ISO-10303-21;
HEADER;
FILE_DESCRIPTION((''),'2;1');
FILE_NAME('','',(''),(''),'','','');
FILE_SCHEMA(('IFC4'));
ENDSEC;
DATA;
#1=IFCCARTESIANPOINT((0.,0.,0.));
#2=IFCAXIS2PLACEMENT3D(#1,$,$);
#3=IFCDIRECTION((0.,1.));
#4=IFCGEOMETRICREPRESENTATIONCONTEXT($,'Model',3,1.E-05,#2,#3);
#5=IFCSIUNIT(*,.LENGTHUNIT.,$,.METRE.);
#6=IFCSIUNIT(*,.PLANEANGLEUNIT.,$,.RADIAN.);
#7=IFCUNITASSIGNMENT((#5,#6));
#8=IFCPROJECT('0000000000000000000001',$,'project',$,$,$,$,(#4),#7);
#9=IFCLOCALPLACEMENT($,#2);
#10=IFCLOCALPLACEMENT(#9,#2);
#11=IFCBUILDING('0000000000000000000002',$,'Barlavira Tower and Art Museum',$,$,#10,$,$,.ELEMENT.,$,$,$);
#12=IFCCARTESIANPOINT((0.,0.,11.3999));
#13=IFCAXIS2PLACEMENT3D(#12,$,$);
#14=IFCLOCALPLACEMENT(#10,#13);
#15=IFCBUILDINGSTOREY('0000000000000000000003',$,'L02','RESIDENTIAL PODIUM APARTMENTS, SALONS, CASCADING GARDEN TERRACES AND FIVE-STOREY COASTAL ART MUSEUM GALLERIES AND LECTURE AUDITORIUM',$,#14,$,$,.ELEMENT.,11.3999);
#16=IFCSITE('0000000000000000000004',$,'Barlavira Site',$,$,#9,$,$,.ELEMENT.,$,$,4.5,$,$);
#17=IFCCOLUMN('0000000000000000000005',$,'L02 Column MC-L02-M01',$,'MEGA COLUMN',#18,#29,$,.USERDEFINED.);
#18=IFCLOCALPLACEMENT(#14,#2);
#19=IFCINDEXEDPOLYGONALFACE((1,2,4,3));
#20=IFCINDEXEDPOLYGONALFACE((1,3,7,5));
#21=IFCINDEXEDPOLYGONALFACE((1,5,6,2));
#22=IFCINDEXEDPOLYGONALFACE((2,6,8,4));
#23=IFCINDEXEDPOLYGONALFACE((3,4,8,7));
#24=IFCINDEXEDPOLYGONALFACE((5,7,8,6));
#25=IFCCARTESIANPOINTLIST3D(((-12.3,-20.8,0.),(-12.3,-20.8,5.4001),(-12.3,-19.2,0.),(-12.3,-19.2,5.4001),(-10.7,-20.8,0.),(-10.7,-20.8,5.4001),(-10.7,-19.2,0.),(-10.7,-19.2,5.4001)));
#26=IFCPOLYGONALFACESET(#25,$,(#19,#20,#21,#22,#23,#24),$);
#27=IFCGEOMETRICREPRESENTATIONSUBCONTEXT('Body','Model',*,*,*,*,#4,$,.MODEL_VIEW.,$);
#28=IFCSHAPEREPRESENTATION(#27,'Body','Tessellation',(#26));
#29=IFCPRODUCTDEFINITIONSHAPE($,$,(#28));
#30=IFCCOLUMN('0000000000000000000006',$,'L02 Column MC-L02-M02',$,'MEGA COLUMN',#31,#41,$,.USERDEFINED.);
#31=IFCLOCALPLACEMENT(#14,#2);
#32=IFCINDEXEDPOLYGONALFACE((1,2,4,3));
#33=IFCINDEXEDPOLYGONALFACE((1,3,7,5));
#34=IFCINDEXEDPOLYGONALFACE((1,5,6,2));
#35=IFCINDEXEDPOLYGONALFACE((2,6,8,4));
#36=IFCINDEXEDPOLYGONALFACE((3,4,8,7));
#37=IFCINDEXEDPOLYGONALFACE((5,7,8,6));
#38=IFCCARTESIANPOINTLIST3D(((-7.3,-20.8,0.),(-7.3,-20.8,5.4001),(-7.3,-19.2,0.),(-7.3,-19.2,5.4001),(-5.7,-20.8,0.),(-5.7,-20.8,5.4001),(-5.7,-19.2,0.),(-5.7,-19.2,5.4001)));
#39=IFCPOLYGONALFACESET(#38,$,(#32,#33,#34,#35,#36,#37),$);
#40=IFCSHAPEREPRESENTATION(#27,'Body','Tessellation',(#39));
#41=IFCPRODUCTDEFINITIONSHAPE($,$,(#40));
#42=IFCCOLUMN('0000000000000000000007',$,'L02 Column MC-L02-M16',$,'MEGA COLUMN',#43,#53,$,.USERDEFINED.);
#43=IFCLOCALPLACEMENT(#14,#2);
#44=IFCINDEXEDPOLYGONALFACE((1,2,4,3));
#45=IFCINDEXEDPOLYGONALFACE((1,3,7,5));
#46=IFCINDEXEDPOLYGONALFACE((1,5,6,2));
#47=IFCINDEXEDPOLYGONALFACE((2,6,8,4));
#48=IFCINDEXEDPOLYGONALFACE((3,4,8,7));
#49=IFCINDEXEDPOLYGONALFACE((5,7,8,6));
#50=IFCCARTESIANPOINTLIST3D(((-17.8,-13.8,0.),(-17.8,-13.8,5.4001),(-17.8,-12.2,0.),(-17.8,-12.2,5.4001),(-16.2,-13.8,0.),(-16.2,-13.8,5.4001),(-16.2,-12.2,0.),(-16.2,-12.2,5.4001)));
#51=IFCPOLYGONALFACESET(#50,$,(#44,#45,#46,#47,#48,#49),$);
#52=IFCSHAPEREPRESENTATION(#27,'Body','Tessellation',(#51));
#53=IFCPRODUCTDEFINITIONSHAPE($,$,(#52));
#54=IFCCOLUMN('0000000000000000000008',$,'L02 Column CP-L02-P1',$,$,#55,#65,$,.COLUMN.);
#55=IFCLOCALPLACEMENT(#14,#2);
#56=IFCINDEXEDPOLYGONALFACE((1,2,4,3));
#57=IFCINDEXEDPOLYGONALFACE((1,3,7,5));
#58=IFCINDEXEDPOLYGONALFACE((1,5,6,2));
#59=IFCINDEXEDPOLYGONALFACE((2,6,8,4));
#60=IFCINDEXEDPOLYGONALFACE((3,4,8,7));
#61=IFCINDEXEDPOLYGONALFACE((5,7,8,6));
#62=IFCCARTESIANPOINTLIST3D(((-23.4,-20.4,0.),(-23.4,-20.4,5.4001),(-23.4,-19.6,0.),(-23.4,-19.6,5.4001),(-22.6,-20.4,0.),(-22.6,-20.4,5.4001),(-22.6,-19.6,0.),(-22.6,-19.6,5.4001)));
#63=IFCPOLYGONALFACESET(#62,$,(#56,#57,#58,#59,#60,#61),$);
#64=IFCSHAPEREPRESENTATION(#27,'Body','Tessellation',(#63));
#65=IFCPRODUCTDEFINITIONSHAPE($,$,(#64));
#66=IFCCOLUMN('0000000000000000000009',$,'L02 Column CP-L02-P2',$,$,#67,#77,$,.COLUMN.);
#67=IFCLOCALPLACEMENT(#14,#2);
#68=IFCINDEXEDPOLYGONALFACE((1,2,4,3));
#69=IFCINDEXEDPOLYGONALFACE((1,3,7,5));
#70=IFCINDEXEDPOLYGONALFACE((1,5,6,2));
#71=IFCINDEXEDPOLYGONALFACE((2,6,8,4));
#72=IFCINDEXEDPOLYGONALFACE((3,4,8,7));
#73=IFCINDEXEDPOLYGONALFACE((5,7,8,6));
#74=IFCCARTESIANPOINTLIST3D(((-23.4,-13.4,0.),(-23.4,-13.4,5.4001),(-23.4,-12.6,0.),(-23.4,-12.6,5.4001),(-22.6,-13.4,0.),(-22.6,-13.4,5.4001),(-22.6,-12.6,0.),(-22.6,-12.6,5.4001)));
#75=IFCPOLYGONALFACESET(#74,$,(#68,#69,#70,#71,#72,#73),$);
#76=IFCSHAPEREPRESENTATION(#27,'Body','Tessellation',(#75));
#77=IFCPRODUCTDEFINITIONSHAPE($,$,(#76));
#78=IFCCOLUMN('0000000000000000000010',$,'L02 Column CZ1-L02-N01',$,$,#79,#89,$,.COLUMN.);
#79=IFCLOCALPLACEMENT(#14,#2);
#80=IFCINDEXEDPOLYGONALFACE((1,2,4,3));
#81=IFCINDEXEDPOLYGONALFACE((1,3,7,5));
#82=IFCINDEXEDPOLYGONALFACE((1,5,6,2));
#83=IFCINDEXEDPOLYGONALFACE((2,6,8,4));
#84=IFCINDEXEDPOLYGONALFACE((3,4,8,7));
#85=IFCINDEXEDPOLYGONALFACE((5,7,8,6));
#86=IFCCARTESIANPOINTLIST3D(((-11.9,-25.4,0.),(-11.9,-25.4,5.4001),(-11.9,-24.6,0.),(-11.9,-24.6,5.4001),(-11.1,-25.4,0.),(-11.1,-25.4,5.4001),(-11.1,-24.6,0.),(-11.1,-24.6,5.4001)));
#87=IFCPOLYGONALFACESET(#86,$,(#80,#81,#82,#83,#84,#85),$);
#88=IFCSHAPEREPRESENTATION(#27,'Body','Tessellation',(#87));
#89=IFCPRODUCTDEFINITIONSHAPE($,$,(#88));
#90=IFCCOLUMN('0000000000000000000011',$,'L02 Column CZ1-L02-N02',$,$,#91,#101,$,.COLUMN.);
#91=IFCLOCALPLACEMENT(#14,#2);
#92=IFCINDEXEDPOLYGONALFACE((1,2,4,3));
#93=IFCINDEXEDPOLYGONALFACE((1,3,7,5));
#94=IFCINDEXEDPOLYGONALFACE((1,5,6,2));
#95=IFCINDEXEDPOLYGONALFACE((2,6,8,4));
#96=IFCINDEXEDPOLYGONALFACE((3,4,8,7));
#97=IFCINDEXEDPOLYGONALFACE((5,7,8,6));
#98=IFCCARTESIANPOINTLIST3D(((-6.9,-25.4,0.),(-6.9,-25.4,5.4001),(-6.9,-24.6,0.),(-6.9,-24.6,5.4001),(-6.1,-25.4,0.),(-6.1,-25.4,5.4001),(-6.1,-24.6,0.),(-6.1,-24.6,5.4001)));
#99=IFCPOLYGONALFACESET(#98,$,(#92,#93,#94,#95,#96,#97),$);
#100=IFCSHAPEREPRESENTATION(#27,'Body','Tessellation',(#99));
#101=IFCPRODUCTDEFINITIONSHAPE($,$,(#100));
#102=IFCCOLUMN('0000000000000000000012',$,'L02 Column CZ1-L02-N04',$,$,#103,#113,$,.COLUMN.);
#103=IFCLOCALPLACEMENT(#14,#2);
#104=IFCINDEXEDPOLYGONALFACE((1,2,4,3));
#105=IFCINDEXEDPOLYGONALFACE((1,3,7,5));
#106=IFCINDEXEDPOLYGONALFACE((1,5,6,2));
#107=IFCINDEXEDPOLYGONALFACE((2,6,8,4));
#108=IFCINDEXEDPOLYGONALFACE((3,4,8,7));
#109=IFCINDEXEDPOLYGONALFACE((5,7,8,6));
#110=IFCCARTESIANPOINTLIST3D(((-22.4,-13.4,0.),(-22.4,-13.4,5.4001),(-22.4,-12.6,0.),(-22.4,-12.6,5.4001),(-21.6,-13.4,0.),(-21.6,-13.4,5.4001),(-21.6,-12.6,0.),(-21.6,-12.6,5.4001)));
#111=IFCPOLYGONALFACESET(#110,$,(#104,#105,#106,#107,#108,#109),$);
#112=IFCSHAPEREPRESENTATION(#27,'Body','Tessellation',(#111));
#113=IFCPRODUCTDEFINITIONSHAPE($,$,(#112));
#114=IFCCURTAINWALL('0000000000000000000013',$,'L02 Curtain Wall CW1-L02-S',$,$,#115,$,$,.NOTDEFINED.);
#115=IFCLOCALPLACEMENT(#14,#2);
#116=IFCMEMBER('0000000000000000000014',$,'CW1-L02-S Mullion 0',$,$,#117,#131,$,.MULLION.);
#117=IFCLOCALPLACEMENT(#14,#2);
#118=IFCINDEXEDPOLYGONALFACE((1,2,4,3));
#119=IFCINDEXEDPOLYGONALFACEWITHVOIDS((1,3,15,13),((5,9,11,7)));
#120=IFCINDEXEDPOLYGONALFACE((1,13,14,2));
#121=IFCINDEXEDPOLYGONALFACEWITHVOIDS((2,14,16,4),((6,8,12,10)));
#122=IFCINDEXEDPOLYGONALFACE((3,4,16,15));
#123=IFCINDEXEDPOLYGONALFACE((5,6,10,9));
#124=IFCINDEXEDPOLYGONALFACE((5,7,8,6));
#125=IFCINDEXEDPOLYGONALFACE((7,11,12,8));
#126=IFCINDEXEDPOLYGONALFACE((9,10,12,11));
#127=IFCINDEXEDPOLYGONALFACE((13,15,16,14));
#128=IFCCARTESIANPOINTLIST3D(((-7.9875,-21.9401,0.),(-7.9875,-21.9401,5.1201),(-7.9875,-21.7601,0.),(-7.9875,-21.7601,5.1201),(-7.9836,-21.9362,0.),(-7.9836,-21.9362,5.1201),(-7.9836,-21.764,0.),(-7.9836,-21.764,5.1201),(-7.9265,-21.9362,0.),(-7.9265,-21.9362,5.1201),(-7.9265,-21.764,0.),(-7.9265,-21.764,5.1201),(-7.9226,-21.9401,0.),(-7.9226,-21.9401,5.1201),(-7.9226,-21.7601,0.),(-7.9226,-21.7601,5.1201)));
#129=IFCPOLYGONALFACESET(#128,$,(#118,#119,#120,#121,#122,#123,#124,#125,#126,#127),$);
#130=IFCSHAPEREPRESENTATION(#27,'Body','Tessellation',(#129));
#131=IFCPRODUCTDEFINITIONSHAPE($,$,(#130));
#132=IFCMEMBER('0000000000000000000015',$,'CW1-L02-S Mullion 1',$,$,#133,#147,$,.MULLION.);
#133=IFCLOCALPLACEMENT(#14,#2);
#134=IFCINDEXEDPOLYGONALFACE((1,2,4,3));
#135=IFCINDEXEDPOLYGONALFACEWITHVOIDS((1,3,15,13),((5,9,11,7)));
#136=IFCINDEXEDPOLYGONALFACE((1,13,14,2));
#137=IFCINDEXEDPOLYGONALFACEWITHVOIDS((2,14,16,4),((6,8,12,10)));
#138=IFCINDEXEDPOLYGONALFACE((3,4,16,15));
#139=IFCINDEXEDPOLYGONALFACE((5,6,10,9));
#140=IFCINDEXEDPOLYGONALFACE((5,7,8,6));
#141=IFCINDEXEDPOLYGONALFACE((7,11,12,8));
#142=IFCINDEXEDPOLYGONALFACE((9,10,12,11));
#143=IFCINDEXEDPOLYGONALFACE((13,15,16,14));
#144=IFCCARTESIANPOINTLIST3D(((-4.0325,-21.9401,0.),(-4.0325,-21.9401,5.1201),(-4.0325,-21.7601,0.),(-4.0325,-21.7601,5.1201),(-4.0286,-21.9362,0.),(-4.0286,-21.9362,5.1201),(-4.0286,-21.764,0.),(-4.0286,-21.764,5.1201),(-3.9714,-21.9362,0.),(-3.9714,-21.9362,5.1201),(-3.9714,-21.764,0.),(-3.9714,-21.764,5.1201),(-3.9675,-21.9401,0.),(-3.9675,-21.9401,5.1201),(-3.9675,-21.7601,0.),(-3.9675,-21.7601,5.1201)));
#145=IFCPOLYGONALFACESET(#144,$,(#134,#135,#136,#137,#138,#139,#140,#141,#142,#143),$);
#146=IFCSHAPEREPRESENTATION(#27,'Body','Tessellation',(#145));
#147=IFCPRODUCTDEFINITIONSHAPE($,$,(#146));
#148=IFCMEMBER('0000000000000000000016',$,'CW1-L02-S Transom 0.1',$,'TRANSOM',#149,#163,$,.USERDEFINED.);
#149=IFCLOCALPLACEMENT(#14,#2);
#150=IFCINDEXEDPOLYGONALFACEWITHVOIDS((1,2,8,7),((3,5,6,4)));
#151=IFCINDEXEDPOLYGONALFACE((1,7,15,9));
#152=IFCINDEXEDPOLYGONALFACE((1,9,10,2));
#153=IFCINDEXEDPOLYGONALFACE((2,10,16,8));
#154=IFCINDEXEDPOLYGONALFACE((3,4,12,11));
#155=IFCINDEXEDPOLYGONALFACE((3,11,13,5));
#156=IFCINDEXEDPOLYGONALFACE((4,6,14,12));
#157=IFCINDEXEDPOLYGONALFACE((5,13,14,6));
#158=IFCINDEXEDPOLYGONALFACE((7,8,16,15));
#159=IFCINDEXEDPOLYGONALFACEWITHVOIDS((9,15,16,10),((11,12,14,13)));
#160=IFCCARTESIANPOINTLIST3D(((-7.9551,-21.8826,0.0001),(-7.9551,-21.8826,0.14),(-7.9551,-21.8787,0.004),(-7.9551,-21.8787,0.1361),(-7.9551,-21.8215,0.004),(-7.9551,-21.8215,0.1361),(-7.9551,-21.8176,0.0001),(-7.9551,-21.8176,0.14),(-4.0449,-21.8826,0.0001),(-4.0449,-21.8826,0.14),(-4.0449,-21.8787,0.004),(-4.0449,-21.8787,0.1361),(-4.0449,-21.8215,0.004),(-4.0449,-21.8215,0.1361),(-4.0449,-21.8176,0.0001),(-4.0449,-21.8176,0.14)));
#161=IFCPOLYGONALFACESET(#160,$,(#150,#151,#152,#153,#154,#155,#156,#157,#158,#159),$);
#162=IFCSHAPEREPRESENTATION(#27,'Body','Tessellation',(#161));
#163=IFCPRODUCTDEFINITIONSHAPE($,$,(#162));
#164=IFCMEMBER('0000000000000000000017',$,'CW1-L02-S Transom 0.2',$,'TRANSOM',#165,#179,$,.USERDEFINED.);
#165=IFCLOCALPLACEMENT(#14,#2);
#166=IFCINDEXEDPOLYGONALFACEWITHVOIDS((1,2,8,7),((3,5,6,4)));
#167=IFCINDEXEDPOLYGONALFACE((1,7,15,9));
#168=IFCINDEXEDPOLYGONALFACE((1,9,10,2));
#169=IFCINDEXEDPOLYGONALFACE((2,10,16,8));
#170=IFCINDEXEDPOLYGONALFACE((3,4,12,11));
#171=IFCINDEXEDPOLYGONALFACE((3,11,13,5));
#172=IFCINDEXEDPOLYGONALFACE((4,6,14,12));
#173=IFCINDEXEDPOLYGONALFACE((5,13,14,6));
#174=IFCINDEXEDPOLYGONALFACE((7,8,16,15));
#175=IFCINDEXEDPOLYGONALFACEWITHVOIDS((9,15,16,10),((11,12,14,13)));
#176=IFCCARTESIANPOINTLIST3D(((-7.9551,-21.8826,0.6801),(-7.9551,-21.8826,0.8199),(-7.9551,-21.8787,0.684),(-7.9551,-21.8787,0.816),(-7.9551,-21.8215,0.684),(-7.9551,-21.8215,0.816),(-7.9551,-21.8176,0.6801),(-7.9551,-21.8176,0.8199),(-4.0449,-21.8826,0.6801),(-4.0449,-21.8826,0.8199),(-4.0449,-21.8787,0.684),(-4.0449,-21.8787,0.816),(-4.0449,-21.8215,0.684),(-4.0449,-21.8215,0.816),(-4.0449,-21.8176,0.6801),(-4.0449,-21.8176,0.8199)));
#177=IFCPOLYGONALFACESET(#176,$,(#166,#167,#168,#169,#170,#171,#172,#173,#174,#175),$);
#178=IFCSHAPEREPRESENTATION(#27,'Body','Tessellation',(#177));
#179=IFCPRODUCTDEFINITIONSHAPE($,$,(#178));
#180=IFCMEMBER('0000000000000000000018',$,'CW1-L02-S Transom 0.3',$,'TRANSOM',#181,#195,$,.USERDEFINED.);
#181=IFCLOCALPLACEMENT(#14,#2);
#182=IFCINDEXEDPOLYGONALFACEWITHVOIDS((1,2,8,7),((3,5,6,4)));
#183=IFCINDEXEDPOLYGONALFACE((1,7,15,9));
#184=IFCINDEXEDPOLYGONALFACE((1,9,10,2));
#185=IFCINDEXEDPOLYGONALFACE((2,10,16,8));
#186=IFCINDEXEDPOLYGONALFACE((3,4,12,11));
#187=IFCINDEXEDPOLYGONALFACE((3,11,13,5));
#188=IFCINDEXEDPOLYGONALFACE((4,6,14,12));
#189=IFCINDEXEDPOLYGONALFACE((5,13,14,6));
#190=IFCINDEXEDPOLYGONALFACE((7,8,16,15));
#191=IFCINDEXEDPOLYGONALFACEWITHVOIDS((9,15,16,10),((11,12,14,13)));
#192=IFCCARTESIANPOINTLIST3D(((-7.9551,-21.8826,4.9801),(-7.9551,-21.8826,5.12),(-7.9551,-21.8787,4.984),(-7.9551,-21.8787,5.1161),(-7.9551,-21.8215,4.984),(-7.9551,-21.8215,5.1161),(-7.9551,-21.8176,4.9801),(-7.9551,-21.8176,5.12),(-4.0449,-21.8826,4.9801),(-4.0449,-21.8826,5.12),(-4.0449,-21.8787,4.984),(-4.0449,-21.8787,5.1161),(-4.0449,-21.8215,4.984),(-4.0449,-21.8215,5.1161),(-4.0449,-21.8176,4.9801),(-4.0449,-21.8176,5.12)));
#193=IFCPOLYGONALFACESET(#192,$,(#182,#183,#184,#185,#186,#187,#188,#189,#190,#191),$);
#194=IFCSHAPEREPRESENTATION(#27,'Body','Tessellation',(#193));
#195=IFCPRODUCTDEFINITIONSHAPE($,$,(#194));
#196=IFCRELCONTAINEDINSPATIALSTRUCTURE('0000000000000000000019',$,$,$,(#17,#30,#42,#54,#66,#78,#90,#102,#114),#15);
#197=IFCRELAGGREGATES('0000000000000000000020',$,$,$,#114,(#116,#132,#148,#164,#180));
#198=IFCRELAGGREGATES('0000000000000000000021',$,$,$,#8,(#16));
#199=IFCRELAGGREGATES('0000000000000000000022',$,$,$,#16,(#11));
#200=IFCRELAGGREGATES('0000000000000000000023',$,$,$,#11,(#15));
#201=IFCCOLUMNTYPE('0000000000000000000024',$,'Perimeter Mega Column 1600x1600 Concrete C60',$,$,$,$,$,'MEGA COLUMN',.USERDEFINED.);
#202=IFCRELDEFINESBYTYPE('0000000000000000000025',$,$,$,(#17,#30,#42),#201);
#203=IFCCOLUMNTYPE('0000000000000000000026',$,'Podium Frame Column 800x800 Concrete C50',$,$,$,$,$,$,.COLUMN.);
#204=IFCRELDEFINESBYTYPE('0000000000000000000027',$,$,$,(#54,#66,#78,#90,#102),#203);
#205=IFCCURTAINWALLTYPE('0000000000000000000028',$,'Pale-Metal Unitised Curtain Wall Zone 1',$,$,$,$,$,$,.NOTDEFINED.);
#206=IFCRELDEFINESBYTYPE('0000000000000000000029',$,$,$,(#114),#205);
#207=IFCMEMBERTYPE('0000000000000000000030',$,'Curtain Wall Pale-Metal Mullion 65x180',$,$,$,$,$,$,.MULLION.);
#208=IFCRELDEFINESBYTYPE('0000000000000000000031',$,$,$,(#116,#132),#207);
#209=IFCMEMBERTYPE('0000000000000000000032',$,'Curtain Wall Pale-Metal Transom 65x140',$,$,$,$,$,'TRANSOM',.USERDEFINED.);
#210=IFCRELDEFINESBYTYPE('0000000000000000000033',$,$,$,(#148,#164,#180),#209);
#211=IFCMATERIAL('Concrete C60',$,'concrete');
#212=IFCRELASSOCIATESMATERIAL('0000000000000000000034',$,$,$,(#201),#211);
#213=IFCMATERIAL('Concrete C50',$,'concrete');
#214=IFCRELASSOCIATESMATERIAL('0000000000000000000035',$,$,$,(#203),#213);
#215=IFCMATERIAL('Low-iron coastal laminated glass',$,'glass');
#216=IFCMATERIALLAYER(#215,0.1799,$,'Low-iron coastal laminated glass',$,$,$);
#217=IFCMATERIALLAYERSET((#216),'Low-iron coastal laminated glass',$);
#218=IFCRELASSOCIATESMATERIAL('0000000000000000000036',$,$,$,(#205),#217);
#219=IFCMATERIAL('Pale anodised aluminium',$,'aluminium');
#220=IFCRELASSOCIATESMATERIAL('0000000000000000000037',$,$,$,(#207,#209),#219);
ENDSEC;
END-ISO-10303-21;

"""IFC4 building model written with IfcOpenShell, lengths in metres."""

from ifc_helpers import new_model, si_unit, direction, frame, origin, origin_2d, place, context, subcontext, project, spatial, rectangle, hollow_rectangle, extrude, material, layer, layer_set, material_profile, profile_set, type_object, element, aggregate, save


model = new_model("IFC4")

# Units and contexts
model_context = context("Model", 3, precision=1e-05, world=origin(), true_north=direction((0.0, 1.0)))
body_context = subcontext(model_context, "Body", "Model", "MODEL_VIEW")
ifc_project = project(units=[si_unit("LENGTHUNIT", "METRE"), si_unit("PLANEANGLEUNIT", "RADIAN")], contexts=[model_context])

# Site, building, storey
site_placement = place(None, origin())
site = spatial("IfcSite", under=ifc_project, at=site_placement, Name="Barlavira Site", CompositionType="ELEMENT", RefElevation=4.5)
building_placement = place(site_placement, origin())
building = spatial("IfcBuilding", under=site, at=building_placement, Name="Barlavira Tower and Art Museum", CompositionType="ELEMENT")
storey_placement = place(building_placement, frame((0.0, 0.0, 11.3999)))
storey = spatial("IfcBuildingStorey", under=building, at=storey_placement, Name="L02", Description="RESIDENTIAL PODIUM APARTMENTS, SALONS, CASCADING GARDEN TERRACES AND FIVE-STOREY COASTAL ART MUSEUM GALLERIES AND LECTURE AUDITORIUM", CompositionType="ELEMENT", Elevation=11.3999)

# Columns
ifc_material_1 = material(Name="Concrete C60", Category="concrete")
ifc_material_profile_1 = material_profile(ifc_material_1, rectangle(XDim=1.6001, YDim=1.6001, at=origin_2d()), Name="RC-MCOL 1600x1600")
ifc_profile_set_1 = profile_set([ifc_material_profile_1], Name="Concrete C60")
column_type_1 = type_object("IfcColumnType", Name="Perimeter Mega Column 1600x1600 Concrete C60", ElementType="MEGA COLUMN", PredefinedType="USERDEFINED", material=ifc_profile_set_1)
for number, where, z_axis, x_axis, name in (
    (1, (-11.5, -20.0, 0.0), (0.0, 0.0, 1.0), (1.0, 0.0, 0.0), "L02 Column MC-L02-M01"),
    (2, (-6.5, -20.0, 0.0), (0.0, 0.0, 1.0), (1.0, 0.0, 0.0), "L02 Column MC-L02-M02"),
    (3, (-17.0, -13.0, 0.0), (0.0, 0.0, 1.0), (1.0, 0.0, 0.0), "L02 Column MC-L02-M16"),
):
    element("IfcColumn", number, at=place(storey_placement, frame(where, z_axis=z_axis, x_axis=x_axis)), inside=storey, type_object=column_type_1, Name=name, ObjectType="MEGA COLUMN", PredefinedType="USERDEFINED", context=body_context, shape_type="SweptSolid", body=[
        extrude(rectangle(XDim=1.6001, YDim=1.6001, at=origin_2d()), origin(), (0.0, 0.0, 1.0), 5.4001),
    ])
ifc_material_2 = material(Name="Concrete C50", Category="concrete")
ifc_material_profile_2 = material_profile(ifc_material_2, rectangle(XDim=0.8, YDim=0.8, at=origin_2d()), Name="RC-COL 800x800")
ifc_profile_set_2 = profile_set([ifc_material_profile_2], Name="Concrete C50")
column_type_2 = type_object("IfcColumnType", Name="Podium Frame Column 800x800 Concrete C50", PredefinedType="COLUMN", material=ifc_profile_set_2)
for number, where, z_axis, x_axis, name in (
    (4, (-23.0, -20.0, 0.0), (0.0, 0.0, 1.0), (1.0, 0.0, 0.0), "L02 Column CP-L02-P1"),
    (5, (-23.0, -13.0, 0.0), (0.0, 0.0, 1.0), (1.0, 0.0, 0.0), "L02 Column CP-L02-P2"),
    (6, (-11.5, -25.0, 0.0), (0.0, 0.0, 1.0), (1.0, 0.0, 0.0), "L02 Column CZ1-L02-N01"),
    (7, (-6.5, -25.0, 0.0), (0.0, 0.0, 1.0), (1.0, 0.0, 0.0), "L02 Column CZ1-L02-N02"),
    (8, (-22.0, -13.0, 0.0), (0.0, 0.0, 1.0), (1.0, 0.0, 0.0), "L02 Column CZ1-L02-N04"),
):
    element("IfcColumn", number, at=place(storey_placement, frame(where, z_axis=z_axis, x_axis=x_axis)), inside=storey, type_object=column_type_2, Name=name, PredefinedType="COLUMN", context=body_context, shape_type="SweptSolid", body=[
        extrude(rectangle(XDim=0.8, YDim=0.8, at=origin_2d()), origin(), (0.0, 0.0, 1.0), 5.4001),
    ])

# Curtain wall, members
ifc_material_3 = material(Name="Low-iron coastal laminated glass", Category="glass")
ifc_layer_1 = layer(ifc_material_3, 0.1799, Name="Low-iron coastal laminated glass")
ifc_layer_set_1 = layer_set([ifc_layer_1], Name="Low-iron coastal laminated glass")
curtain_wall_type = type_object("IfcCurtainWallType", Name="Pale-Metal Unitised Curtain Wall Zone 1", PredefinedType="NOTDEFINED", material=ifc_layer_set_1)
curtain_wall_placement = place(storey_placement, origin())
curtain_wall = element("IfcCurtainWall", 9, at=curtain_wall_placement, inside=storey, type_object=curtain_wall_type, Name="L02 Curtain Wall CW1-L02-S", PredefinedType="NOTDEFINED")
ifc_material_4 = material(Name="Pale anodised aluminium", Category="aluminium")
ifc_material_profile_3 = material_profile(ifc_material_4, hollow_rectangle(XDim=0.0649, YDim=0.1799, WallThickness=0.0039, at=origin_2d()), Name="ALU-MULL 65x180x4")
ifc_profile_set_3 = profile_set([ifc_material_profile_3], Name="Pale anodised aluminium")
member_type_1 = type_object("IfcMemberType", Name="Curtain Wall Pale-Metal Mullion 65x180", PredefinedType="MULLION", material=ifc_profile_set_3)
member_1_placement = place(storey_placement, frame((-7.9551, -21.8501, 0.0), z_axis=(0.0, 0.0, 1.0), x_axis=(1.0, 0.0, 0.0)))
member_1 = element("IfcMember", 10, at=member_1_placement, type_object=member_type_1, Name="CW1-L02-S Mullion 0", PredefinedType="MULLION", context=body_context, shape_type="SweptSolid", body=[
    extrude(hollow_rectangle(XDim=0.0649, YDim=0.1799, WallThickness=0.0039, at=origin_2d()), origin(), (0.0, 0.0, 1.0), 5.1201),
])
member_2_placement = place(storey_placement, frame((-4.0, -21.8501, 0.0), z_axis=(0.0, 0.0, 1.0), x_axis=(1.0, 0.0, 0.0)))
member_2 = element("IfcMember", 11, at=member_2_placement, type_object=member_type_1, Name="CW1-L02-S Mullion 1", PredefinedType="MULLION", context=body_context, shape_type="SweptSolid", body=[
    extrude(hollow_rectangle(XDim=0.0649, YDim=0.1799, WallThickness=0.0039, at=origin_2d()), origin(), (0.0, 0.0, 1.0), 5.1201),
])
ifc_material_profile_4 = material_profile(ifc_material_4, hollow_rectangle(XDim=0.0649, YDim=0.1399, WallThickness=0.0039, at=origin_2d()), Name="ALU-TRAN 65x140x4")
ifc_profile_set_4 = profile_set([ifc_material_profile_4], Name="Pale anodised aluminium")
member_type_2 = type_object("IfcMemberType", Name="Curtain Wall Pale-Metal Transom 65x140", ElementType="TRANSOM", PredefinedType="USERDEFINED", material=ifc_profile_set_4)
member_3_placement = place(storey_placement, frame((-7.9551, -21.8501, 0.0701), z_axis=(1.0, 0.0, 0.0), x_axis=(0.0, 1.0, 0.0)))
member_3 = element("IfcMember", 12, at=member_3_placement, type_object=member_type_2, Name="CW1-L02-S Transom 0.1", ObjectType="TRANSOM", PredefinedType="USERDEFINED", context=body_context, shape_type="SweptSolid", body=[
    extrude(hollow_rectangle(XDim=0.0649, YDim=0.1399, WallThickness=0.0039, at=origin_2d()), origin(), (0.0, 0.0, 1.0), 3.9102),
])
member_4_placement = place(storey_placement, frame((-7.9551, -21.8501, 0.75), z_axis=(1.0, 0.0, 0.0), x_axis=(0.0, 1.0, 0.0)))
member_4 = element("IfcMember", 13, at=member_4_placement, type_object=member_type_2, Name="CW1-L02-S Transom 0.2", ObjectType="TRANSOM", PredefinedType="USERDEFINED", context=body_context, shape_type="SweptSolid", body=[
    extrude(hollow_rectangle(XDim=0.0649, YDim=0.1399, WallThickness=0.0039, at=origin_2d()), origin(), (0.0, 0.0, 1.0), 3.9102),
])
member_5_placement = place(storey_placement, frame((-7.9551, -21.8501, 5.05), z_axis=(1.0, 0.0, 0.0), x_axis=(0.0, 1.0, 0.0)))
member_5 = element("IfcMember", 14, at=member_5_placement, type_object=member_type_2, Name="CW1-L02-S Transom 0.3", ObjectType="TRANSOM", PredefinedType="USERDEFINED", context=body_context, shape_type="SweptSolid", body=[
    extrude(hollow_rectangle(XDim=0.0649, YDim=0.1399, WallThickness=0.0039, at=origin_2d()), origin(), (0.0, 0.0, 1.0), 3.9102),
])

aggregate(curtain_wall, [member_1, member_2, member_3, member_4, member_5])

save(model, "model.ifc")
